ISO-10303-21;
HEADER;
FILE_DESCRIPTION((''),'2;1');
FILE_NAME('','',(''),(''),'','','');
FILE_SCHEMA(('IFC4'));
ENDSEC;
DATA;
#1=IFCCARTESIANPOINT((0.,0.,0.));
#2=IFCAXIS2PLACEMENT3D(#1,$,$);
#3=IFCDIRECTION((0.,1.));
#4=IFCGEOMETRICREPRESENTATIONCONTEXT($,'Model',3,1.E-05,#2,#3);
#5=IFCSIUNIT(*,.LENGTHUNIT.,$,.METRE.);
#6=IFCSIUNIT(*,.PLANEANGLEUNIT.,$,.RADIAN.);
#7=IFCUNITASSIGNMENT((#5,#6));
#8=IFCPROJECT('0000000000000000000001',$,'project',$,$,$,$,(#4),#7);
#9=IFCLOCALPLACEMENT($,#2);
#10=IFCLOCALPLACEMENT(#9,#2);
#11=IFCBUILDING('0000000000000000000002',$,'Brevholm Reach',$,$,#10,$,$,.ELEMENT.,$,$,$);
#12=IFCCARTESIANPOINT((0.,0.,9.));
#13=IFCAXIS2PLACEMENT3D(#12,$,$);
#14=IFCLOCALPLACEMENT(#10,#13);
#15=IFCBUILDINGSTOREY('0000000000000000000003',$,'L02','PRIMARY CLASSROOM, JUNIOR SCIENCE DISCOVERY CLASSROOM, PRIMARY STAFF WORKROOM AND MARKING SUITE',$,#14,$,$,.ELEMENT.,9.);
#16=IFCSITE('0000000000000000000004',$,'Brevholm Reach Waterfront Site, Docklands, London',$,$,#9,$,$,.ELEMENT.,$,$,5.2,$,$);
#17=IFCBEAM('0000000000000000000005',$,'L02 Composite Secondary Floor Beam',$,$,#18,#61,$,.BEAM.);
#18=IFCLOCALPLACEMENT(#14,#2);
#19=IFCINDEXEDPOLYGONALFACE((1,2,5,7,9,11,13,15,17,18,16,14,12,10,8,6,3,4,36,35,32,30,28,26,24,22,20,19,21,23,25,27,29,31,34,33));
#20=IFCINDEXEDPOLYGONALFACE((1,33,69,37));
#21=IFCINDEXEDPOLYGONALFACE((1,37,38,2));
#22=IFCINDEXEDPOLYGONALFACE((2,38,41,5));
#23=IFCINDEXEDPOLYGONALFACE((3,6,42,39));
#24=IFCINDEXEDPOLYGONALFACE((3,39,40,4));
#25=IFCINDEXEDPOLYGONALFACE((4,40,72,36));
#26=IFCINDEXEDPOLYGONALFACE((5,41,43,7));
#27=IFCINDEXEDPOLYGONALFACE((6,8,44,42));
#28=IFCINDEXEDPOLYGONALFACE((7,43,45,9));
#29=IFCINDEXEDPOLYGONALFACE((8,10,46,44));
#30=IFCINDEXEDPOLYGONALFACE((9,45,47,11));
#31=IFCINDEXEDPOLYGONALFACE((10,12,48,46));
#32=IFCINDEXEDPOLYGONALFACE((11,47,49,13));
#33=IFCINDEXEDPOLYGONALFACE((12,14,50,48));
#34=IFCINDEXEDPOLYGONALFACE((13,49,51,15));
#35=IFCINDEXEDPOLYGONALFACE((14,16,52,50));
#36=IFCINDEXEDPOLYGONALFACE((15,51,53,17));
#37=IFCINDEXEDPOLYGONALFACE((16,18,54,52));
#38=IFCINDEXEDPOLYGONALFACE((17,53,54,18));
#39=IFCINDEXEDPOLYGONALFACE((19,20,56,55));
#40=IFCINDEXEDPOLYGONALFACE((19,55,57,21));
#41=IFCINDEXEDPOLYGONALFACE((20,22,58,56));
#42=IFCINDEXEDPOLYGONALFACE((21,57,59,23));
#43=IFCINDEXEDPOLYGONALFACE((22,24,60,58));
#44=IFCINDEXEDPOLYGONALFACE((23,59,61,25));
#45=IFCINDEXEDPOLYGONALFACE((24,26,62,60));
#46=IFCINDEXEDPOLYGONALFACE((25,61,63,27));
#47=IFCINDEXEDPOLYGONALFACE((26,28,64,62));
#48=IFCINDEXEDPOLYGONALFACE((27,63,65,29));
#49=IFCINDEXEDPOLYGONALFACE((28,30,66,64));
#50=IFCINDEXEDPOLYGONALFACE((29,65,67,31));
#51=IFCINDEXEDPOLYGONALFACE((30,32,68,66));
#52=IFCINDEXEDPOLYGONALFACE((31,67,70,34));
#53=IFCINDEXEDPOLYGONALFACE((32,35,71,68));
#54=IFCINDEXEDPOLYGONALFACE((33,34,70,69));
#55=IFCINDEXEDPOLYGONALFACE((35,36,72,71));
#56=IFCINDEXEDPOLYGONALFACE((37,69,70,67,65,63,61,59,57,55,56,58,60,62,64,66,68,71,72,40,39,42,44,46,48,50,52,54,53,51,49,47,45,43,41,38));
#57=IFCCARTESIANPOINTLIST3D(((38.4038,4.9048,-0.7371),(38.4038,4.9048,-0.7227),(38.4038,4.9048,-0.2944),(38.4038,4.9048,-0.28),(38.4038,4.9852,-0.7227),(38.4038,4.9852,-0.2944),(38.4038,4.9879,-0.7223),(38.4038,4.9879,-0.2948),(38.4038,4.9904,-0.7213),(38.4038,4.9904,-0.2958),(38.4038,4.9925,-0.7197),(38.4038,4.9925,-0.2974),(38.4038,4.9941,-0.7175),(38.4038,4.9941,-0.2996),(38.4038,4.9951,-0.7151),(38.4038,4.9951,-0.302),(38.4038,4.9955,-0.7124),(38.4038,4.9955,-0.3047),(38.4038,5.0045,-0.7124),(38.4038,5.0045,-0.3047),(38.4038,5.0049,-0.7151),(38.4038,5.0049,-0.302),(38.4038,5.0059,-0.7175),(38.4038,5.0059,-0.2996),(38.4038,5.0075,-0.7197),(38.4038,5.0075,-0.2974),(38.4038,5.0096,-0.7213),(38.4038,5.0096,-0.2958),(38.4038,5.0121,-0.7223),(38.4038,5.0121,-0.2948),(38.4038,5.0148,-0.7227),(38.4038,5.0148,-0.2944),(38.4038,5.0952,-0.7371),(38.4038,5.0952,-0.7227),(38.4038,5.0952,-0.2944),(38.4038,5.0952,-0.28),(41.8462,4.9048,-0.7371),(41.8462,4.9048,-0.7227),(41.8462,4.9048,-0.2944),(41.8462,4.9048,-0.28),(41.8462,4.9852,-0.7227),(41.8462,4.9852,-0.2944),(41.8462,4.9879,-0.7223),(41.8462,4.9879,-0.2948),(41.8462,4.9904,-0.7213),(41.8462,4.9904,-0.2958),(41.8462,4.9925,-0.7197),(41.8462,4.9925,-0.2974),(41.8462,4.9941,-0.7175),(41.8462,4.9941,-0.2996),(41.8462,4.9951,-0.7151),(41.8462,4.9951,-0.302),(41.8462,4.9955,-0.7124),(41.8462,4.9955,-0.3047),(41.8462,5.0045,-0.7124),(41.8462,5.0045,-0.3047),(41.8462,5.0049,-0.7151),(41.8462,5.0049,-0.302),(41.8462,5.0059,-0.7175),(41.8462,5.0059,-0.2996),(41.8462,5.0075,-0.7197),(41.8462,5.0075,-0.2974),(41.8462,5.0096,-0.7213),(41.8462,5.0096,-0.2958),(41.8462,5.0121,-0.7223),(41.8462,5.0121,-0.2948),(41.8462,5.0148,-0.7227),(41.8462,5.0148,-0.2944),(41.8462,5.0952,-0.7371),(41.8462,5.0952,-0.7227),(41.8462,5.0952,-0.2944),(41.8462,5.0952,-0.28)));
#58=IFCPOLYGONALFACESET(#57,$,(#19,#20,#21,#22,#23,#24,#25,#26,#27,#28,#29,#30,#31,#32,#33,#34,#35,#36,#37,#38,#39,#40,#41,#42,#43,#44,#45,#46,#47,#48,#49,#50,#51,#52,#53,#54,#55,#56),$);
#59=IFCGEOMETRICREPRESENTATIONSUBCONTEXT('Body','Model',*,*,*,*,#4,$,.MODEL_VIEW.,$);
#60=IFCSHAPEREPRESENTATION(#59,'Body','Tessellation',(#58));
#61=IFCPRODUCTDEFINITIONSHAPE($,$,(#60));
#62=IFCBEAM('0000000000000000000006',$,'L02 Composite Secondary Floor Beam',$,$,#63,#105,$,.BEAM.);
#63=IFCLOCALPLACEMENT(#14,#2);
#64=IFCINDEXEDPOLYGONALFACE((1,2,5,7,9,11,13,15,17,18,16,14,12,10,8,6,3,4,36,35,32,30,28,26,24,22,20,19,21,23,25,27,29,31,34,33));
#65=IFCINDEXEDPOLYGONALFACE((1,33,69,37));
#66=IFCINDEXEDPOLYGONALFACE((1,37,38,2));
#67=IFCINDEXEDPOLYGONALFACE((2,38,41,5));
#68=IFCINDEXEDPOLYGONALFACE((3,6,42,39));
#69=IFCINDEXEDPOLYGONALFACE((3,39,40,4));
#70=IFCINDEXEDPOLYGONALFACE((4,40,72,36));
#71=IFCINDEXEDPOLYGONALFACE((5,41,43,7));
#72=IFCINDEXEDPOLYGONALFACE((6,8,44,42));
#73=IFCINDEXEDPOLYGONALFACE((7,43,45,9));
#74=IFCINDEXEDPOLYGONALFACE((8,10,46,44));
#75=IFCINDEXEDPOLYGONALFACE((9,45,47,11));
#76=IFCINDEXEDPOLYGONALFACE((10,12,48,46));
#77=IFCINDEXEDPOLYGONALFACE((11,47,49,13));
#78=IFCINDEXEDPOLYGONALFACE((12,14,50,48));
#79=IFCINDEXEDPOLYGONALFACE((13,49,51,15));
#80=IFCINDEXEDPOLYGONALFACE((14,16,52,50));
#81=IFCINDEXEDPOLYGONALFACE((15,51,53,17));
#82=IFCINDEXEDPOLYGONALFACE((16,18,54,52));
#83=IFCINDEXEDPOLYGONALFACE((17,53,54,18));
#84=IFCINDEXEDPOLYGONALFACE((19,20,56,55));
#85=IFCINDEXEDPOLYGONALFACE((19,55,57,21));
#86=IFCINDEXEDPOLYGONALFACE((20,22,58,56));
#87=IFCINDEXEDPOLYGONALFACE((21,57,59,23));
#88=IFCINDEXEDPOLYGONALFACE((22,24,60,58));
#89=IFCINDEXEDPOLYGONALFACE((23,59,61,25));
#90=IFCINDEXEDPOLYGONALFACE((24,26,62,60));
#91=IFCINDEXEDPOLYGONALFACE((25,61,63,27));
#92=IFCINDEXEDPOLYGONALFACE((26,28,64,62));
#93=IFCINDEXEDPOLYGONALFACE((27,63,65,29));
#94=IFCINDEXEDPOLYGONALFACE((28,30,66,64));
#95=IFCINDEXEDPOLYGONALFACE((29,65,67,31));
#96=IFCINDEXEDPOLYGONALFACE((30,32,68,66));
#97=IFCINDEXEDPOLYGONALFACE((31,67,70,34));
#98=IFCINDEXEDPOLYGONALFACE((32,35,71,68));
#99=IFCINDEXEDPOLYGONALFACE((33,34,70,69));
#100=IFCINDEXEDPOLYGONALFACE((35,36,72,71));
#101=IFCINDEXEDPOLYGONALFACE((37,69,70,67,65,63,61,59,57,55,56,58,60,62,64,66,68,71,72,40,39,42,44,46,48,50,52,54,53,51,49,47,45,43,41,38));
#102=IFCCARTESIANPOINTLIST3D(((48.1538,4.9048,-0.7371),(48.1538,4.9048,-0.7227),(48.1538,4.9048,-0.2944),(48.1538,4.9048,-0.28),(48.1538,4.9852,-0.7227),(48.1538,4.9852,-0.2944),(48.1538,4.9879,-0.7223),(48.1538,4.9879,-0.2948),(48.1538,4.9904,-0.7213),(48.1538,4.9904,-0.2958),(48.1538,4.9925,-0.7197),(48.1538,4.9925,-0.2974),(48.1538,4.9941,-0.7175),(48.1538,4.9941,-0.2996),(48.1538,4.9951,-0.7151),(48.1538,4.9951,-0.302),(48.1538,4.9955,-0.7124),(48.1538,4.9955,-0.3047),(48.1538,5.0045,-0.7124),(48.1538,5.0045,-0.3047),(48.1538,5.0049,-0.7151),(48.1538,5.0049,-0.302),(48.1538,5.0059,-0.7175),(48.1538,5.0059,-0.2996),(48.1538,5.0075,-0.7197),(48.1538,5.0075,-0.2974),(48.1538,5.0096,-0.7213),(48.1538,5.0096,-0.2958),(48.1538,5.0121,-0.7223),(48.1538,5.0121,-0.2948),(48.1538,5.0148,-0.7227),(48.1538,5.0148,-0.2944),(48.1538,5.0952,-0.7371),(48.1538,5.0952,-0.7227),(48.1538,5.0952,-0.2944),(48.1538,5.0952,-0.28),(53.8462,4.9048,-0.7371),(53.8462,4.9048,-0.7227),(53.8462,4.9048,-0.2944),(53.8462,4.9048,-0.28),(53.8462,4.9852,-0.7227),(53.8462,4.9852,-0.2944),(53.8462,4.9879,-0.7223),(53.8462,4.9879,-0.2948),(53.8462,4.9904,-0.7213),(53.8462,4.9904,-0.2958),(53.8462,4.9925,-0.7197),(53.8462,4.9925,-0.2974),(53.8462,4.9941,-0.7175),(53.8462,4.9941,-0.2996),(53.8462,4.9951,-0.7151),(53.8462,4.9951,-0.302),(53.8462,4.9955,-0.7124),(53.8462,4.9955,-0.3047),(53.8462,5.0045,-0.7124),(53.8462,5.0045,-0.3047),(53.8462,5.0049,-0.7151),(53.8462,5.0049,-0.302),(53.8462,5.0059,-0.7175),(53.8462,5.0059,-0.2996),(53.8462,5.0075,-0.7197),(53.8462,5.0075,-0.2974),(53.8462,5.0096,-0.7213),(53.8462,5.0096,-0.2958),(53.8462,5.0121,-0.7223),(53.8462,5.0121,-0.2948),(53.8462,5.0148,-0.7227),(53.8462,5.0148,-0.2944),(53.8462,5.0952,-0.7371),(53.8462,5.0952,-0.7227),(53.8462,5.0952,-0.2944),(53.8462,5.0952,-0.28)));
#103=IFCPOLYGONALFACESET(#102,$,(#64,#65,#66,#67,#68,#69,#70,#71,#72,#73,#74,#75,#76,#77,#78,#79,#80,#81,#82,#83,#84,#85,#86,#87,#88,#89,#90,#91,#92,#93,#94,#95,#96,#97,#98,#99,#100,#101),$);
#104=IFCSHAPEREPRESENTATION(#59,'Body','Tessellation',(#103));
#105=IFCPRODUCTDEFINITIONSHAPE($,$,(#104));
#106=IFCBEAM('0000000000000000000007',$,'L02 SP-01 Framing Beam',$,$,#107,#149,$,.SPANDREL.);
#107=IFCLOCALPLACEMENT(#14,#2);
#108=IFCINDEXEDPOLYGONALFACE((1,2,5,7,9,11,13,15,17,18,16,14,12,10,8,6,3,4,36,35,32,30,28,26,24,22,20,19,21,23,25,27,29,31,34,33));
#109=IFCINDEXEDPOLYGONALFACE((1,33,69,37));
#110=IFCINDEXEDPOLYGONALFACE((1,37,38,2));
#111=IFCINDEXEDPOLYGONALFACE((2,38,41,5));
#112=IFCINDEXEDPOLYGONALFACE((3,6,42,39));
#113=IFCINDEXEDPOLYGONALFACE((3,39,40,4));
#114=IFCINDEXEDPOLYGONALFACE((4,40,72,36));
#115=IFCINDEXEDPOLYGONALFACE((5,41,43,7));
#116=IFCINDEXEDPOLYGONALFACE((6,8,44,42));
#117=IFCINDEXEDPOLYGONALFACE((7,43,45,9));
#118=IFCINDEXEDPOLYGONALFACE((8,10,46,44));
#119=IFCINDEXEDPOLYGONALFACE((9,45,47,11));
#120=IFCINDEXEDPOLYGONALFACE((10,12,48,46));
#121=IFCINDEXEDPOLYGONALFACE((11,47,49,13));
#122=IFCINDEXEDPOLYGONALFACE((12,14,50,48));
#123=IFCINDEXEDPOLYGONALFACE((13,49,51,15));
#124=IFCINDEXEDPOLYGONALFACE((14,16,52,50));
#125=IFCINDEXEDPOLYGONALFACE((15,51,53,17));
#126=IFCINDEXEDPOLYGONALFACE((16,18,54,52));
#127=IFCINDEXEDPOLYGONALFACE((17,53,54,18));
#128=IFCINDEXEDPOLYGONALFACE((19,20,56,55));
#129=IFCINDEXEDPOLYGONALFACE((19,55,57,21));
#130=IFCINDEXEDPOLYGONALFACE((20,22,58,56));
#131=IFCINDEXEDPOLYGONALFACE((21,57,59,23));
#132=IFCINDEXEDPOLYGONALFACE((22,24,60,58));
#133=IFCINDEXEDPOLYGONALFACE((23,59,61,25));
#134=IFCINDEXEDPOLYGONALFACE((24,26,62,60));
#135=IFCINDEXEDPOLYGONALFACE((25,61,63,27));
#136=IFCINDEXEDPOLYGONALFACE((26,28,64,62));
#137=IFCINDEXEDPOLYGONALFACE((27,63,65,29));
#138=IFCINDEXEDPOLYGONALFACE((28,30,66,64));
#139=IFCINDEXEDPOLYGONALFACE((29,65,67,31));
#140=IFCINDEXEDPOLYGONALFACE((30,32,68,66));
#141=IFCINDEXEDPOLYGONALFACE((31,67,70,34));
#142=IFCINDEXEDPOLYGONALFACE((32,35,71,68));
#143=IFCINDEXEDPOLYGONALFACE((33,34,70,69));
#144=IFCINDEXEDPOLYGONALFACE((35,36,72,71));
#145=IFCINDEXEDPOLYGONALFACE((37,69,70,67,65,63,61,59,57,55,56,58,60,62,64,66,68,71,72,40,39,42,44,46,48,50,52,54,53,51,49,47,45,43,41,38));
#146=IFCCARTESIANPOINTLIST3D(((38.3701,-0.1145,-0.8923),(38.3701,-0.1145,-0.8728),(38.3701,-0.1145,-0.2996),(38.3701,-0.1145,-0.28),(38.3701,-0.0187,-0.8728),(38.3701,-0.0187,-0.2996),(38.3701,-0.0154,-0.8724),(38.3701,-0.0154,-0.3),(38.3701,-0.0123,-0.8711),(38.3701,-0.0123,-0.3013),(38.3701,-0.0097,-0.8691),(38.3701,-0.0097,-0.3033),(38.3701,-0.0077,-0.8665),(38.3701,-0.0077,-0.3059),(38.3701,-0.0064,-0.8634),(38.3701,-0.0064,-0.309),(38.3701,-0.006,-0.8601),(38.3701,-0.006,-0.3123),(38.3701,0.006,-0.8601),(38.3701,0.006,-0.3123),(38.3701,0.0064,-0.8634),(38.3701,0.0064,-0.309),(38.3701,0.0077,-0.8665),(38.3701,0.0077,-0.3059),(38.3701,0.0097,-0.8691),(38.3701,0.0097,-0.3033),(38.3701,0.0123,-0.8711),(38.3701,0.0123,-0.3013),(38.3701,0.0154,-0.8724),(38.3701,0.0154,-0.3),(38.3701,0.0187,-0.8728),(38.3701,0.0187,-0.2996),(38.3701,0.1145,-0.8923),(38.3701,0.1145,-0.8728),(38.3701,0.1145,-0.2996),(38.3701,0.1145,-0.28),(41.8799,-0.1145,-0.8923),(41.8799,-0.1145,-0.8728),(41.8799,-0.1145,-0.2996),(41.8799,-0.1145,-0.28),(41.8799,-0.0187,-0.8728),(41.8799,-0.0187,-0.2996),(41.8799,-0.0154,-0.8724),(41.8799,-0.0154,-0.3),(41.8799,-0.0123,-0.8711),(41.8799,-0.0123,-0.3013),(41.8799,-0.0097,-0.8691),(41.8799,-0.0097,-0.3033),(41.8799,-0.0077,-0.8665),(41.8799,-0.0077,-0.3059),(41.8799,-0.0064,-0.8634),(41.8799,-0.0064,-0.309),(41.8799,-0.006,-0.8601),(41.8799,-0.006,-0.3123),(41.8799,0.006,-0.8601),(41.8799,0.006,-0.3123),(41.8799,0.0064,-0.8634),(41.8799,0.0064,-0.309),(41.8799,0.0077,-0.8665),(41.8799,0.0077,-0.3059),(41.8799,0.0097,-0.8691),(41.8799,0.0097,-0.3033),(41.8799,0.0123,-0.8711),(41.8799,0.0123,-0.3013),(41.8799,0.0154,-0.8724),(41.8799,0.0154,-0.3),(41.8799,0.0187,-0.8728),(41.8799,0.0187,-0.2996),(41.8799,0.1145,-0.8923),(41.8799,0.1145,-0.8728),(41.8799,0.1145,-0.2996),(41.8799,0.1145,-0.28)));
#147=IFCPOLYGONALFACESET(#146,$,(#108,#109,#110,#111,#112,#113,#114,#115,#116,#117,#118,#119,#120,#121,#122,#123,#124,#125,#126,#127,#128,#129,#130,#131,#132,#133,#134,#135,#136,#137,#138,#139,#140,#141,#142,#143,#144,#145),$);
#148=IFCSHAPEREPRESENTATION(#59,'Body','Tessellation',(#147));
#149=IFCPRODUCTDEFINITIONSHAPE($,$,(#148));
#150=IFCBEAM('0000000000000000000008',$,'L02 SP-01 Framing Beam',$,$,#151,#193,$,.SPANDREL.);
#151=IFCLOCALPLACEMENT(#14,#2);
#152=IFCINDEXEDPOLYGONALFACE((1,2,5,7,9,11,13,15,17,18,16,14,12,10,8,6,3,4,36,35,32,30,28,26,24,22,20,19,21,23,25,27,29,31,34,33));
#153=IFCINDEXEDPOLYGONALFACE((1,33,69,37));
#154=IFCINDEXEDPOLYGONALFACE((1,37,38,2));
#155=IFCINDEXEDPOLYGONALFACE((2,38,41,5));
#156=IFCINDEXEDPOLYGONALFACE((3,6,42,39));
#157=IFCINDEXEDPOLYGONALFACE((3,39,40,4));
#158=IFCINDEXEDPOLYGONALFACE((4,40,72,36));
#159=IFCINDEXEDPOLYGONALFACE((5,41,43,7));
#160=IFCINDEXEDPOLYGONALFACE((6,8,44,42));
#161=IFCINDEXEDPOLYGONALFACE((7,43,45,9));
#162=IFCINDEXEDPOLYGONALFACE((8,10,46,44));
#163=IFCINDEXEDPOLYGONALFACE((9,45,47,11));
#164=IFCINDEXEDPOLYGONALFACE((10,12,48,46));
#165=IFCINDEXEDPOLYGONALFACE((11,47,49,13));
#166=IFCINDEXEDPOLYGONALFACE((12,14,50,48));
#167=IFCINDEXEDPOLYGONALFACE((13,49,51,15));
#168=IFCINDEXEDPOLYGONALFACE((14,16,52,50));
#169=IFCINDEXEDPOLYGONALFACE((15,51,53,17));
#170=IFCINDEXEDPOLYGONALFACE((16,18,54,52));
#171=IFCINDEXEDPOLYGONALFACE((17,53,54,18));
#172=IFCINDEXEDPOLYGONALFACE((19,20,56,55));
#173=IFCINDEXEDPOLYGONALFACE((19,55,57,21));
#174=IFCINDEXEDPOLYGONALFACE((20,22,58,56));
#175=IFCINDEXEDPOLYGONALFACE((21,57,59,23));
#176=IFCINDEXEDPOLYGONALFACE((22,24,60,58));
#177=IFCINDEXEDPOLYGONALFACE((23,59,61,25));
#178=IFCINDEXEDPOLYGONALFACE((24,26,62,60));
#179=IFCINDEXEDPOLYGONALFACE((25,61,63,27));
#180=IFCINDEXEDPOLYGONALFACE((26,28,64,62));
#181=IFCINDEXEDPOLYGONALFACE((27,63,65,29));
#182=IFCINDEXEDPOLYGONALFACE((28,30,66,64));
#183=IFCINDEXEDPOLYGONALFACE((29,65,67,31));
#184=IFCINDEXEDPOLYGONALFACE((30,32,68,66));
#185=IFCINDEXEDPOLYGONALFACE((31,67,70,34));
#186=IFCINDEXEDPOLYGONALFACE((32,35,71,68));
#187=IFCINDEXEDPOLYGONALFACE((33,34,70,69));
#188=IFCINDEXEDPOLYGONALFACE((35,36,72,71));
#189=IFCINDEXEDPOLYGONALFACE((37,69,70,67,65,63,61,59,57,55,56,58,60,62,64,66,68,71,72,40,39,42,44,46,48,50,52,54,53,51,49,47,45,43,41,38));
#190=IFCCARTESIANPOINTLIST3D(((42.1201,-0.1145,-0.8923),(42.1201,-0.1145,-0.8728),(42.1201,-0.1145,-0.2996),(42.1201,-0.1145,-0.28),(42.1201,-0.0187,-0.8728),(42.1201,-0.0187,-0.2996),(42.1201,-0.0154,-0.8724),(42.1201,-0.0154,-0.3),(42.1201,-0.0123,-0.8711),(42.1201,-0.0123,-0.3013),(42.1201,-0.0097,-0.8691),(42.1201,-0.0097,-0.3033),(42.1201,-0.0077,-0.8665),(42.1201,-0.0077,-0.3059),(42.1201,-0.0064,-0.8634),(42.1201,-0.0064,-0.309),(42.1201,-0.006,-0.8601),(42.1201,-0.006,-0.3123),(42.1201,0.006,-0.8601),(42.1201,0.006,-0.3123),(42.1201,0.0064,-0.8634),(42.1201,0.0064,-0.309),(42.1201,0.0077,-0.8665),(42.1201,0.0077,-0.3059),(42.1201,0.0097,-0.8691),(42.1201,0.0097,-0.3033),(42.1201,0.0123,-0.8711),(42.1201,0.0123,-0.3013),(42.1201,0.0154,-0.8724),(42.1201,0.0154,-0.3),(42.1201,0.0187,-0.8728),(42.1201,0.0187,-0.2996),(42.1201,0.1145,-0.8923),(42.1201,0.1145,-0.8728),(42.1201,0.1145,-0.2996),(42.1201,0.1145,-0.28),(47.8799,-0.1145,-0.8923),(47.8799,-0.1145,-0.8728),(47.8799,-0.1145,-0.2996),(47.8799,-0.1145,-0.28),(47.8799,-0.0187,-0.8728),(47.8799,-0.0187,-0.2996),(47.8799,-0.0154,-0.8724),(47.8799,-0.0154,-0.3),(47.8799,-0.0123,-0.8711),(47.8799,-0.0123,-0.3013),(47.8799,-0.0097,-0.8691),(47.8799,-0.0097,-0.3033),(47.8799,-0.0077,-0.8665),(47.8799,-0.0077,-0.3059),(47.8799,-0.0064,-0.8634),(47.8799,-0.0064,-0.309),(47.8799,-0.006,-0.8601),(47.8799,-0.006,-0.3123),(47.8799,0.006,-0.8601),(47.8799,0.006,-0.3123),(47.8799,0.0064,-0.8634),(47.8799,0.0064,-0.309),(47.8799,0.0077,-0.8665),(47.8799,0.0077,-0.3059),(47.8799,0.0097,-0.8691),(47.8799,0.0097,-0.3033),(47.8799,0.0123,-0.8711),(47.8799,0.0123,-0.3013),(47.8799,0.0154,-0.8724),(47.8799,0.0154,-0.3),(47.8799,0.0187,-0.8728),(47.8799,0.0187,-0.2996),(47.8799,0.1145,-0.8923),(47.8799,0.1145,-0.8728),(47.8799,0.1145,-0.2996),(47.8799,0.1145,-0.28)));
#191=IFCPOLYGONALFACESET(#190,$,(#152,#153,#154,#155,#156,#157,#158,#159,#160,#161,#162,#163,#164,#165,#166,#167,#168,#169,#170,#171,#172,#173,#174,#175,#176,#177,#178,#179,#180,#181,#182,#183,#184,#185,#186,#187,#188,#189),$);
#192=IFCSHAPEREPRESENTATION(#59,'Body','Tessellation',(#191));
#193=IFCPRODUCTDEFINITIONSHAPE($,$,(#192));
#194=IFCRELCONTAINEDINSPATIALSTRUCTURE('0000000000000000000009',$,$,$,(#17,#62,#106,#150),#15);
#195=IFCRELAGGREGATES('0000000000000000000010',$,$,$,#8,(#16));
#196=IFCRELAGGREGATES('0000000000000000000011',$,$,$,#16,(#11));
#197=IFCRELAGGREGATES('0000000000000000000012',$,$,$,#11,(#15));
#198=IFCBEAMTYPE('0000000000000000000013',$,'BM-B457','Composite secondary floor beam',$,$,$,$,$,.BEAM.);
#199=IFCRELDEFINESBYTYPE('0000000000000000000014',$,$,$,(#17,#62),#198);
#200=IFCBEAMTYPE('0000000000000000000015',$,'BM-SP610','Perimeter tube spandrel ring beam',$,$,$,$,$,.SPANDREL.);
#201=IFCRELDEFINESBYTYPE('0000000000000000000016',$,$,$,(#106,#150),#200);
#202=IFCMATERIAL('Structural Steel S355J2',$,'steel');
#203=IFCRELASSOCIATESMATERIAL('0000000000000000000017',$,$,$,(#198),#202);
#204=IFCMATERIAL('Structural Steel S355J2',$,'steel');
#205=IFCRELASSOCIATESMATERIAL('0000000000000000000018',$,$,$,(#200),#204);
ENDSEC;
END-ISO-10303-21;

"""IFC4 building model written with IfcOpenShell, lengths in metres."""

from ifc_helpers import new_model, si_unit, direction, frame, origin, origin_2d, place, context, subcontext, project, spatial, i_section, extrude, material, material_profile, profile_set, type_object, element, save


model = new_model("IFC4")

# Units and contexts
model_context = context("Model", 3, precision=1e-05, world=origin(), true_north=direction((0.0, 1.0)))
body_context = subcontext(model_context, "Body", "Model", "MODEL_VIEW")
ifc_project = project(units=[si_unit("LENGTHUNIT", "METRE"), si_unit("PLANEANGLEUNIT", "RADIAN")], contexts=[model_context])

# Site, building, storey
site_placement = place(None, origin())
site = spatial("IfcSite", under=ifc_project, at=site_placement, Name="Brevholm Reach Waterfront Site, Docklands, London", CompositionType="ELEMENT", RefElevation=5.2)
building_placement = place(site_placement, origin())
building = spatial("IfcBuilding", under=site, at=building_placement, Name="Brevholm Reach", CompositionType="ELEMENT")
storey_placement = place(building_placement, frame((0.0, 0.0, 9.0)))
storey = spatial("IfcBuildingStorey", under=building, at=storey_placement, Name="L02", Description="PRIMARY CLASSROOM, JUNIOR SCIENCE DISCOVERY CLASSROOM, PRIMARY STAFF WORKROOM AND MARKING SUITE", CompositionType="ELEMENT", Elevation=9.0)

# Beams
ifc_material_1 = material(Name="Structural Steel S355J2", Category="steel")
ifc_material_profile_1 = material_profile(ifc_material_1, i_section(OverallWidth=0.1904, OverallDepth=0.457, WebThickness=0.009, FlangeThickness=0.0144, FilletRadius=0.0103, at=origin_2d()), Name="UKB 457x191x74")
ifc_profile_set_1 = profile_set([ifc_material_profile_1], Name="Structural Steel S355J2")
beam_type_1 = type_object("IfcBeamType", Name="BM-B457", Description="Composite secondary floor beam", PredefinedType="BEAM", material=ifc_profile_set_1)
beam_1_placement = place(storey_placement, frame((38.4038, 5.0, -0.5085), z_axis=(1.0, 0.0, 0.0), x_axis=(0.0, 1.0, 0.0)))
element("IfcBeam", 1, at=beam_1_placement, inside=storey, type_object=beam_type_1, Name="L02 Composite Secondary Floor Beam", PredefinedType="BEAM", context=body_context, shape_type="SweptSolid", body=[
    extrude(i_section(OverallWidth=0.1904, OverallDepth=0.457, WebThickness=0.009, FlangeThickness=0.0144, FilletRadius=0.0103, at=origin_2d()), origin(), (0.0, 0.0, 1.0), 3.4424),
])
beam_2_placement = place(storey_placement, frame((48.1538, 5.0, -0.5085), z_axis=(1.0, 0.0, 0.0), x_axis=(0.0, 1.0, 0.0)))
element("IfcBeam", 2, at=beam_2_placement, inside=storey, type_object=beam_type_1, Name="L02 Composite Secondary Floor Beam", PredefinedType="BEAM", context=body_context, shape_type="SweptSolid", body=[
    extrude(i_section(OverallWidth=0.1904, OverallDepth=0.457, WebThickness=0.009, FlangeThickness=0.0144, FilletRadius=0.0103, at=origin_2d()), origin(), (0.0, 0.0, 1.0), 5.6924),
])
ifc_material_2 = material(Name="Structural Steel S355J2", Category="steel")
ifc_material_profile_2 = material_profile(ifc_material_2, i_section(OverallWidth=0.229, OverallDepth=0.6123, WebThickness=0.012, FlangeThickness=0.0195, FilletRadius=0.0127, at=origin_2d()), Name="UKB 610x229x125")
ifc_profile_set_2 = profile_set([ifc_material_profile_2], Name="Structural Steel S355J2")
beam_type_2 = type_object("IfcBeamType", Name="BM-SP610", Description="Perimeter tube spandrel ring beam", PredefinedType="SPANDREL", material=ifc_profile_set_2)
beam_3_placement = place(storey_placement, frame((38.3701, 0.0, -0.5862), z_axis=(1.0, 0.0, 0.0), x_axis=(0.0, 1.0, 0.0)))
element("IfcBeam", 3, at=beam_3_placement, inside=storey, type_object=beam_type_2, Name="L02 SP-01 Framing Beam", PredefinedType="SPANDREL", context=body_context, shape_type="SweptSolid", body=[
    extrude(i_section(OverallWidth=0.229, OverallDepth=0.6123, WebThickness=0.012, FlangeThickness=0.0195, FilletRadius=0.0127, at=origin_2d()), origin(), (0.0, 0.0, 1.0), 3.5098),
])
for number, where, z_axis, x_axis, name in (
    (4, (42.1201, 0.0, -0.5862), (1.0, 0.0, 0.0), (0.0, 1.0, 0.0), "L02 SP-01 Framing Beam"),
):
    element("IfcBeam", number, at=place(storey_placement, frame(where, z_axis=z_axis, x_axis=x_axis)), inside=storey, type_object=beam_type_2, Name=name, PredefinedType="SPANDREL", context=body_context, shape_type="SweptSolid", body=[
        extrude(i_section(OverallWidth=0.229, OverallDepth=0.6123, WebThickness=0.012, FlangeThickness=0.0195, FilletRadius=0.0127, at=origin_2d()), origin(), (0.0, 0.0, 1.0), 5.7598),
    ])

save(model, "model.ifc")
